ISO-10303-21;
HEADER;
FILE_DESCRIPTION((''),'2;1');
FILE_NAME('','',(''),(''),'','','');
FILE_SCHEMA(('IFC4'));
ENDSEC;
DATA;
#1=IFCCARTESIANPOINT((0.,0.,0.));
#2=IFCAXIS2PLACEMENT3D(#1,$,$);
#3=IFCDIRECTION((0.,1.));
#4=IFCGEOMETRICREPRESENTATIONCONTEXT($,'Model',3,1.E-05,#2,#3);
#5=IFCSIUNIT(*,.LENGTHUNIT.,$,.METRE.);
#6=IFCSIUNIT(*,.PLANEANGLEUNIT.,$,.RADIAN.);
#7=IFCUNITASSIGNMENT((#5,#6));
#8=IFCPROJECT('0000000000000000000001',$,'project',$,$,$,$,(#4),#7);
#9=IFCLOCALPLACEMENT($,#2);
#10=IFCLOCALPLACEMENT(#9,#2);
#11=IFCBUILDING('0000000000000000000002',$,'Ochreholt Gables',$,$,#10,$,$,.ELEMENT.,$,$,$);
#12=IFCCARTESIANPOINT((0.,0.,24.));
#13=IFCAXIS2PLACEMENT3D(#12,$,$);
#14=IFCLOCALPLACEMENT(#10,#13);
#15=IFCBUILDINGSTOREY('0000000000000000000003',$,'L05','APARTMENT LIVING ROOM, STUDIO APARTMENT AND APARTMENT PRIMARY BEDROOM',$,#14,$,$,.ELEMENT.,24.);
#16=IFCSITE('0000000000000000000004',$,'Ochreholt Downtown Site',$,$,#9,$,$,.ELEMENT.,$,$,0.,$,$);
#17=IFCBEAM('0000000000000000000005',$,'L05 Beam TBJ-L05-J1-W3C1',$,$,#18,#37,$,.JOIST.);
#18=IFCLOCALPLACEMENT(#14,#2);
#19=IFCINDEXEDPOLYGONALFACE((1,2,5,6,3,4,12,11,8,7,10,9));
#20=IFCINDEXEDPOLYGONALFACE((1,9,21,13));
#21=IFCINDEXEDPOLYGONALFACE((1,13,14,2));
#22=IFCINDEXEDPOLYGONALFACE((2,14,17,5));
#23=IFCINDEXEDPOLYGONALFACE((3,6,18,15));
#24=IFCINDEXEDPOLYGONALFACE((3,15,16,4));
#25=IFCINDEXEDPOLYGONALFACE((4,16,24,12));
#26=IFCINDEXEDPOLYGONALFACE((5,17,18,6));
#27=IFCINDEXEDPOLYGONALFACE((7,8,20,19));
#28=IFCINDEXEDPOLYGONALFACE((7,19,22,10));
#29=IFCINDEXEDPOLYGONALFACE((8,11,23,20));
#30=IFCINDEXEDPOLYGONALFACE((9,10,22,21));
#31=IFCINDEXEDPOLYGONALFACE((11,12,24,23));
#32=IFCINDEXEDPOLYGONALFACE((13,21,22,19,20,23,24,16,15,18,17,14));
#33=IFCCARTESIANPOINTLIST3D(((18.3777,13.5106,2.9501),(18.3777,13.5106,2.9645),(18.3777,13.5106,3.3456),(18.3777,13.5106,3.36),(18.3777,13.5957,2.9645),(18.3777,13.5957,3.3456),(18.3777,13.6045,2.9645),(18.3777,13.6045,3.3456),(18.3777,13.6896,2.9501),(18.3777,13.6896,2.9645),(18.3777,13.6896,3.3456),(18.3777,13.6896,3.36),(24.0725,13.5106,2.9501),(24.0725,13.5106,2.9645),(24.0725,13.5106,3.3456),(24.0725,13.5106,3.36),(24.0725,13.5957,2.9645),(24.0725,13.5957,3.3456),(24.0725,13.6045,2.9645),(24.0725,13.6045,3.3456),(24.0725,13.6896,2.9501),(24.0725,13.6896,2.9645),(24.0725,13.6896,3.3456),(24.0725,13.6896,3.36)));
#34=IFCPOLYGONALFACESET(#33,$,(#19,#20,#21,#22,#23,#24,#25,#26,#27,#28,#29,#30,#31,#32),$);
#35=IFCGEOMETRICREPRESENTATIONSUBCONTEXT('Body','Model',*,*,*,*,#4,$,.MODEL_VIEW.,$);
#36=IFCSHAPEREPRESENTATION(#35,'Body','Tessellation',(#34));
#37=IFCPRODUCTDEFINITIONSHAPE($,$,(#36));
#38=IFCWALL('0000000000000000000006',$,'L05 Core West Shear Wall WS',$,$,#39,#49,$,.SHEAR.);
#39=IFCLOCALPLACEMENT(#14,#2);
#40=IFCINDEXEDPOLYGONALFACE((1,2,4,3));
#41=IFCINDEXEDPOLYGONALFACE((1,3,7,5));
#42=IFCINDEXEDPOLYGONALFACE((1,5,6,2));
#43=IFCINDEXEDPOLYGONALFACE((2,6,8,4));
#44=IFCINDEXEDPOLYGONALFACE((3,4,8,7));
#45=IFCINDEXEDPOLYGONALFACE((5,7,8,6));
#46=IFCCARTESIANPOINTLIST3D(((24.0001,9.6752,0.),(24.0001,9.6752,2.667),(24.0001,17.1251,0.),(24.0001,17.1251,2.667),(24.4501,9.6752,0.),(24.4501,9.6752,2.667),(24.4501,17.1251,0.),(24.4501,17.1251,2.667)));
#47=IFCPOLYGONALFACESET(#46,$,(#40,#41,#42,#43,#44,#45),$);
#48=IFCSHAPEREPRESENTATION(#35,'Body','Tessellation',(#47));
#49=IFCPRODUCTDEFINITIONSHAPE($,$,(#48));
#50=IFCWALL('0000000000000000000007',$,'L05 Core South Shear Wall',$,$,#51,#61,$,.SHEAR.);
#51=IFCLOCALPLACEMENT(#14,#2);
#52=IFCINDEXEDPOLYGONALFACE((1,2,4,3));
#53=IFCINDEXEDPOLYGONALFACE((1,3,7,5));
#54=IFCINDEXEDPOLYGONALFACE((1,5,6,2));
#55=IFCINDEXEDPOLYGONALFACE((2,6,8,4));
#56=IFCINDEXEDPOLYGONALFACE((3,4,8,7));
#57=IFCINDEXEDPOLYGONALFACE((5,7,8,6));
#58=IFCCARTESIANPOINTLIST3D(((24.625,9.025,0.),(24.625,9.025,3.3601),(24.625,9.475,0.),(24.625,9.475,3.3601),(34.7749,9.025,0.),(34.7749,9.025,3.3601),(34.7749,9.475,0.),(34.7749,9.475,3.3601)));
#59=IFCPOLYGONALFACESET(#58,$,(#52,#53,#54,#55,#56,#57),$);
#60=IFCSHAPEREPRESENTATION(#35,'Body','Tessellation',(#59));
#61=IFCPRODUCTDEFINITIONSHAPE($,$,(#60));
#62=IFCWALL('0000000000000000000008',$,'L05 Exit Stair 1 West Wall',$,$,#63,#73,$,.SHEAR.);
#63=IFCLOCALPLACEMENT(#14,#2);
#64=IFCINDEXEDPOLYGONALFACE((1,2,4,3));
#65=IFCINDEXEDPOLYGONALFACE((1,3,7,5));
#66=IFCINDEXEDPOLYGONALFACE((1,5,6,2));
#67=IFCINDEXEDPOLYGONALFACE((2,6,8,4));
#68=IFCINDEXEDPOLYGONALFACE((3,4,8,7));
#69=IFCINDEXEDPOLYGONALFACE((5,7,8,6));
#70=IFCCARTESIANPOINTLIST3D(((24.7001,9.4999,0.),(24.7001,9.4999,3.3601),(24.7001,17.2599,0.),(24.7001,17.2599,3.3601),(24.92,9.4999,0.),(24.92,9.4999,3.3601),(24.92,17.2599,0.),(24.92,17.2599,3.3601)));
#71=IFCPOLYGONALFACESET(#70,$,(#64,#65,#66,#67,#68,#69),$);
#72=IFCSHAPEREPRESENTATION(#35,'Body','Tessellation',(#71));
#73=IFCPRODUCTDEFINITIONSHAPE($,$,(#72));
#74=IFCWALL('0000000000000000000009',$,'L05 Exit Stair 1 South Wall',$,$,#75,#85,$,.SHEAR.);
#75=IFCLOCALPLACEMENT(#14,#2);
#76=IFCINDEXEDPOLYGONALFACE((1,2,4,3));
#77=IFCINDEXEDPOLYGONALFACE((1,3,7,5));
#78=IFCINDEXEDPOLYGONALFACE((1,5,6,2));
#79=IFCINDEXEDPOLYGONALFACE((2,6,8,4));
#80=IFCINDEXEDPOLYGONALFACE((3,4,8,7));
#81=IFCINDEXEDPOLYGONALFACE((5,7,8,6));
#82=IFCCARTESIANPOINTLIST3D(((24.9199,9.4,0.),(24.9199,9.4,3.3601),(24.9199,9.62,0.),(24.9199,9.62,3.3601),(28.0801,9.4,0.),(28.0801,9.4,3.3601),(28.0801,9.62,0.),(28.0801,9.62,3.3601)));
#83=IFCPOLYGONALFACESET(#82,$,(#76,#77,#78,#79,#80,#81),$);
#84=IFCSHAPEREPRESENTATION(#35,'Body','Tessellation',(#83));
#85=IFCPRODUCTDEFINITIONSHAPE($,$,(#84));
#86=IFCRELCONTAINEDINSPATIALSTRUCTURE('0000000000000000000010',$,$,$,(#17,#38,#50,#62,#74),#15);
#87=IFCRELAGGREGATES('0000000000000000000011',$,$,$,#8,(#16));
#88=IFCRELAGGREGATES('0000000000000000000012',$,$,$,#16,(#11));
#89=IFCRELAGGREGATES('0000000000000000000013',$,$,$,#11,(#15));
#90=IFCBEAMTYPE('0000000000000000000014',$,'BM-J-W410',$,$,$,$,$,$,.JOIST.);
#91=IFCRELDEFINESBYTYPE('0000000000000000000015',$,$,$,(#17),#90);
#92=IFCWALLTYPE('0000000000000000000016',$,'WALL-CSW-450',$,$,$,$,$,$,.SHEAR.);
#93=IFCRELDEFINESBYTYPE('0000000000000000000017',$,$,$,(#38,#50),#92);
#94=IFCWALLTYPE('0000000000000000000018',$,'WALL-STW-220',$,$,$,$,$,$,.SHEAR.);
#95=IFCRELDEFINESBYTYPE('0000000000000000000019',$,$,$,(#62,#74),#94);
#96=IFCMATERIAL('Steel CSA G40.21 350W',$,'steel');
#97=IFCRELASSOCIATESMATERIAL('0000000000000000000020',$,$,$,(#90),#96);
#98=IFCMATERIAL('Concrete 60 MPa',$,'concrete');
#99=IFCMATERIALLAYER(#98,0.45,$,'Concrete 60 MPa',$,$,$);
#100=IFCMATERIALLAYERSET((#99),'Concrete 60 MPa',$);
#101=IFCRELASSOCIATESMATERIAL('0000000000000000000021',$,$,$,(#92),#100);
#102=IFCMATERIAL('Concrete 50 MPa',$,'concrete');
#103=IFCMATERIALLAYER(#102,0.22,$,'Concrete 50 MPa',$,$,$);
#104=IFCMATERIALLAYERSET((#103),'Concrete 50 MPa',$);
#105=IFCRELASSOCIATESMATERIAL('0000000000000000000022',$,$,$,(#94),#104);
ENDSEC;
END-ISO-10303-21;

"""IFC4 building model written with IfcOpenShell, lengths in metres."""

from ifc_helpers import new_model, si_unit, direction, frame, frame_2d, origin, origin_2d, place, context, subcontext, project, spatial, rectangle, i_section, extrude, material, layer, layer_set, material_profile, profile_set, type_object, element, save


model = new_model("IFC4")

# Units and contexts
model_context = context("Model", 3, precision=1e-05, world=origin(), true_north=direction((0.0, 1.0)))
body_context = subcontext(model_context, "Body", "Model", "MODEL_VIEW")
ifc_project = project(units=[si_unit("LENGTHUNIT", "METRE"), si_unit("PLANEANGLEUNIT", "RADIAN")], contexts=[model_context])

# Site, building, storey
site_placement = place(None, origin())
site = spatial("IfcSite", under=ifc_project, at=site_placement, Name="Ochreholt Downtown Site", CompositionType="ELEMENT", RefElevation=0.0)
building_placement = place(site_placement, origin())
building = spatial("IfcBuilding", under=site, at=building_placement, Name="Ochreholt Gables", CompositionType="ELEMENT")
storey_placement = place(building_placement, frame((0.0, 0.0, 24.0)))
storey = spatial("IfcBuildingStorey", under=building, at=storey_placement, Name="L05", Description="APARTMENT LIVING ROOM, STUDIO APARTMENT AND APARTMENT PRIMARY BEDROOM", CompositionType="ELEMENT", Elevation=24.0)

# Shared definitions
ifc_material_1 = material(Name="Concrete 60 MPa", Category="concrete")

# Beam
ifc_material_2 = material(Name="Steel CSA G40.21 350W", Category="steel")
ifc_material_profile_1 = material_profile(ifc_material_2, i_section(OverallWidth=0.179, OverallDepth=0.4099, WebThickness=0.0088, FlangeThickness=0.0144, at=origin_2d()), Name="W410X67")
ifc_profile_set_1 = profile_set([ifc_material_profile_1], Name="Steel CSA G40.21 350W")
beam_type_1 = type_object("IfcBeamType", Name="BM-J-W410", PredefinedType="JOIST", material=ifc_profile_set_1)
beam_1_placement = place(storey_placement, frame((18.3777, 13.6001, 3.155), z_axis=(1.0, 0.0, 0.0), x_axis=(0.0, 1.0, 0.0)))
element("IfcBeam", 1, at=beam_1_placement, inside=storey, type_object=beam_type_1, Name="L05 Beam TBJ-L05-J1-W3C1", PredefinedType="JOIST", context=body_context, shape_type="SweptSolid", body=[
    extrude(i_section(OverallWidth=0.179, OverallDepth=0.4099, WebThickness=0.0088, FlangeThickness=0.0144, at=origin_2d()), origin(), (0.0, 0.0, 1.0), 5.6948),
])

# Walls
ifc_layer_1 = layer(ifc_material_1, 0.45, Name="Concrete 60 MPa")
ifc_layer_set_1 = layer_set([ifc_layer_1], Name="Concrete 60 MPa")
wall_type_1 = type_object("IfcWallType", Name="WALL-CSW-450", PredefinedType="SHEAR", material=ifc_layer_set_1)
wall_1_placement = place(storey_placement, frame((24.2251, 9.675, 0.0), z_axis=(0.0, 0.0, 1.0), x_axis=(0.0, 1.0, 0.0)))
element("IfcWall", 2, at=wall_1_placement, inside=storey, type_object=wall_type_1, Name="L05 Core West Shear Wall WS", PredefinedType="SHEAR", context=body_context, shape_type="SweptSolid", body=[
    extrude(rectangle(XDim=7.45, YDim=0.45, at=frame_2d((3.7251, 0.0))), origin(), (0.0, 0.0, 1.0), 2.667),
])
wall_2_placement = place(storey_placement, frame((24.625, 9.25, 0.0), z_axis=(0.0, 0.0, 1.0), x_axis=(1.0, 0.0, 0.0)))
element("IfcWall", 3, at=wall_2_placement, inside=storey, type_object=wall_type_1, Name="L05 Core South Shear Wall", PredefinedType="SHEAR", context=body_context, shape_type="SweptSolid", body=[
    extrude(rectangle(XDim=10.1499, YDim=0.45, at=frame_2d((5.075, 0.0))), origin(), (0.0, 0.0, 1.0), 3.3601),
])
ifc_material_3 = material(Name="Concrete 50 MPa", Category="concrete")
ifc_layer_2 = layer(ifc_material_3, 0.22, Name="Concrete 50 MPa")
ifc_layer_set_2 = layer_set([ifc_layer_2], Name="Concrete 50 MPa")
wall_type_2 = type_object("IfcWallType", Name="WALL-STW-220", PredefinedType="SHEAR", material=ifc_layer_set_2)
wall_3_placement = place(storey_placement, frame((24.8101, 9.5, 0.0), z_axis=(0.0, 0.0, 1.0), x_axis=(0.0, 1.0, 0.0)))
element("IfcWall", 4, at=wall_3_placement, inside=storey, type_object=wall_type_2, Name="L05 Exit Stair 1 West Wall", PredefinedType="SHEAR", context=body_context, shape_type="SweptSolid", body=[
    extrude(rectangle(XDim=7.76, YDim=0.22, at=frame_2d((3.8799, 0.0))), origin(), (0.0, 0.0, 1.0), 3.3601),
])
wall_4_placement = place(storey_placement, frame((24.9199, 9.51, 0.0), z_axis=(0.0, 0.0, 1.0), x_axis=(1.0, 0.0, 0.0)))
element("IfcWall", 5, at=wall_4_placement, inside=storey, type_object=wall_type_2, Name="L05 Exit Stair 1 South Wall", PredefinedType="SHEAR", context=body_context, shape_type="SweptSolid", body=[
    extrude(rectangle(XDim=3.1602, YDim=0.22, at=frame_2d((1.5801, 0.0))), origin(), (0.0, 0.0, 1.0), 3.3601),
])

save(model, "model.ifc")
